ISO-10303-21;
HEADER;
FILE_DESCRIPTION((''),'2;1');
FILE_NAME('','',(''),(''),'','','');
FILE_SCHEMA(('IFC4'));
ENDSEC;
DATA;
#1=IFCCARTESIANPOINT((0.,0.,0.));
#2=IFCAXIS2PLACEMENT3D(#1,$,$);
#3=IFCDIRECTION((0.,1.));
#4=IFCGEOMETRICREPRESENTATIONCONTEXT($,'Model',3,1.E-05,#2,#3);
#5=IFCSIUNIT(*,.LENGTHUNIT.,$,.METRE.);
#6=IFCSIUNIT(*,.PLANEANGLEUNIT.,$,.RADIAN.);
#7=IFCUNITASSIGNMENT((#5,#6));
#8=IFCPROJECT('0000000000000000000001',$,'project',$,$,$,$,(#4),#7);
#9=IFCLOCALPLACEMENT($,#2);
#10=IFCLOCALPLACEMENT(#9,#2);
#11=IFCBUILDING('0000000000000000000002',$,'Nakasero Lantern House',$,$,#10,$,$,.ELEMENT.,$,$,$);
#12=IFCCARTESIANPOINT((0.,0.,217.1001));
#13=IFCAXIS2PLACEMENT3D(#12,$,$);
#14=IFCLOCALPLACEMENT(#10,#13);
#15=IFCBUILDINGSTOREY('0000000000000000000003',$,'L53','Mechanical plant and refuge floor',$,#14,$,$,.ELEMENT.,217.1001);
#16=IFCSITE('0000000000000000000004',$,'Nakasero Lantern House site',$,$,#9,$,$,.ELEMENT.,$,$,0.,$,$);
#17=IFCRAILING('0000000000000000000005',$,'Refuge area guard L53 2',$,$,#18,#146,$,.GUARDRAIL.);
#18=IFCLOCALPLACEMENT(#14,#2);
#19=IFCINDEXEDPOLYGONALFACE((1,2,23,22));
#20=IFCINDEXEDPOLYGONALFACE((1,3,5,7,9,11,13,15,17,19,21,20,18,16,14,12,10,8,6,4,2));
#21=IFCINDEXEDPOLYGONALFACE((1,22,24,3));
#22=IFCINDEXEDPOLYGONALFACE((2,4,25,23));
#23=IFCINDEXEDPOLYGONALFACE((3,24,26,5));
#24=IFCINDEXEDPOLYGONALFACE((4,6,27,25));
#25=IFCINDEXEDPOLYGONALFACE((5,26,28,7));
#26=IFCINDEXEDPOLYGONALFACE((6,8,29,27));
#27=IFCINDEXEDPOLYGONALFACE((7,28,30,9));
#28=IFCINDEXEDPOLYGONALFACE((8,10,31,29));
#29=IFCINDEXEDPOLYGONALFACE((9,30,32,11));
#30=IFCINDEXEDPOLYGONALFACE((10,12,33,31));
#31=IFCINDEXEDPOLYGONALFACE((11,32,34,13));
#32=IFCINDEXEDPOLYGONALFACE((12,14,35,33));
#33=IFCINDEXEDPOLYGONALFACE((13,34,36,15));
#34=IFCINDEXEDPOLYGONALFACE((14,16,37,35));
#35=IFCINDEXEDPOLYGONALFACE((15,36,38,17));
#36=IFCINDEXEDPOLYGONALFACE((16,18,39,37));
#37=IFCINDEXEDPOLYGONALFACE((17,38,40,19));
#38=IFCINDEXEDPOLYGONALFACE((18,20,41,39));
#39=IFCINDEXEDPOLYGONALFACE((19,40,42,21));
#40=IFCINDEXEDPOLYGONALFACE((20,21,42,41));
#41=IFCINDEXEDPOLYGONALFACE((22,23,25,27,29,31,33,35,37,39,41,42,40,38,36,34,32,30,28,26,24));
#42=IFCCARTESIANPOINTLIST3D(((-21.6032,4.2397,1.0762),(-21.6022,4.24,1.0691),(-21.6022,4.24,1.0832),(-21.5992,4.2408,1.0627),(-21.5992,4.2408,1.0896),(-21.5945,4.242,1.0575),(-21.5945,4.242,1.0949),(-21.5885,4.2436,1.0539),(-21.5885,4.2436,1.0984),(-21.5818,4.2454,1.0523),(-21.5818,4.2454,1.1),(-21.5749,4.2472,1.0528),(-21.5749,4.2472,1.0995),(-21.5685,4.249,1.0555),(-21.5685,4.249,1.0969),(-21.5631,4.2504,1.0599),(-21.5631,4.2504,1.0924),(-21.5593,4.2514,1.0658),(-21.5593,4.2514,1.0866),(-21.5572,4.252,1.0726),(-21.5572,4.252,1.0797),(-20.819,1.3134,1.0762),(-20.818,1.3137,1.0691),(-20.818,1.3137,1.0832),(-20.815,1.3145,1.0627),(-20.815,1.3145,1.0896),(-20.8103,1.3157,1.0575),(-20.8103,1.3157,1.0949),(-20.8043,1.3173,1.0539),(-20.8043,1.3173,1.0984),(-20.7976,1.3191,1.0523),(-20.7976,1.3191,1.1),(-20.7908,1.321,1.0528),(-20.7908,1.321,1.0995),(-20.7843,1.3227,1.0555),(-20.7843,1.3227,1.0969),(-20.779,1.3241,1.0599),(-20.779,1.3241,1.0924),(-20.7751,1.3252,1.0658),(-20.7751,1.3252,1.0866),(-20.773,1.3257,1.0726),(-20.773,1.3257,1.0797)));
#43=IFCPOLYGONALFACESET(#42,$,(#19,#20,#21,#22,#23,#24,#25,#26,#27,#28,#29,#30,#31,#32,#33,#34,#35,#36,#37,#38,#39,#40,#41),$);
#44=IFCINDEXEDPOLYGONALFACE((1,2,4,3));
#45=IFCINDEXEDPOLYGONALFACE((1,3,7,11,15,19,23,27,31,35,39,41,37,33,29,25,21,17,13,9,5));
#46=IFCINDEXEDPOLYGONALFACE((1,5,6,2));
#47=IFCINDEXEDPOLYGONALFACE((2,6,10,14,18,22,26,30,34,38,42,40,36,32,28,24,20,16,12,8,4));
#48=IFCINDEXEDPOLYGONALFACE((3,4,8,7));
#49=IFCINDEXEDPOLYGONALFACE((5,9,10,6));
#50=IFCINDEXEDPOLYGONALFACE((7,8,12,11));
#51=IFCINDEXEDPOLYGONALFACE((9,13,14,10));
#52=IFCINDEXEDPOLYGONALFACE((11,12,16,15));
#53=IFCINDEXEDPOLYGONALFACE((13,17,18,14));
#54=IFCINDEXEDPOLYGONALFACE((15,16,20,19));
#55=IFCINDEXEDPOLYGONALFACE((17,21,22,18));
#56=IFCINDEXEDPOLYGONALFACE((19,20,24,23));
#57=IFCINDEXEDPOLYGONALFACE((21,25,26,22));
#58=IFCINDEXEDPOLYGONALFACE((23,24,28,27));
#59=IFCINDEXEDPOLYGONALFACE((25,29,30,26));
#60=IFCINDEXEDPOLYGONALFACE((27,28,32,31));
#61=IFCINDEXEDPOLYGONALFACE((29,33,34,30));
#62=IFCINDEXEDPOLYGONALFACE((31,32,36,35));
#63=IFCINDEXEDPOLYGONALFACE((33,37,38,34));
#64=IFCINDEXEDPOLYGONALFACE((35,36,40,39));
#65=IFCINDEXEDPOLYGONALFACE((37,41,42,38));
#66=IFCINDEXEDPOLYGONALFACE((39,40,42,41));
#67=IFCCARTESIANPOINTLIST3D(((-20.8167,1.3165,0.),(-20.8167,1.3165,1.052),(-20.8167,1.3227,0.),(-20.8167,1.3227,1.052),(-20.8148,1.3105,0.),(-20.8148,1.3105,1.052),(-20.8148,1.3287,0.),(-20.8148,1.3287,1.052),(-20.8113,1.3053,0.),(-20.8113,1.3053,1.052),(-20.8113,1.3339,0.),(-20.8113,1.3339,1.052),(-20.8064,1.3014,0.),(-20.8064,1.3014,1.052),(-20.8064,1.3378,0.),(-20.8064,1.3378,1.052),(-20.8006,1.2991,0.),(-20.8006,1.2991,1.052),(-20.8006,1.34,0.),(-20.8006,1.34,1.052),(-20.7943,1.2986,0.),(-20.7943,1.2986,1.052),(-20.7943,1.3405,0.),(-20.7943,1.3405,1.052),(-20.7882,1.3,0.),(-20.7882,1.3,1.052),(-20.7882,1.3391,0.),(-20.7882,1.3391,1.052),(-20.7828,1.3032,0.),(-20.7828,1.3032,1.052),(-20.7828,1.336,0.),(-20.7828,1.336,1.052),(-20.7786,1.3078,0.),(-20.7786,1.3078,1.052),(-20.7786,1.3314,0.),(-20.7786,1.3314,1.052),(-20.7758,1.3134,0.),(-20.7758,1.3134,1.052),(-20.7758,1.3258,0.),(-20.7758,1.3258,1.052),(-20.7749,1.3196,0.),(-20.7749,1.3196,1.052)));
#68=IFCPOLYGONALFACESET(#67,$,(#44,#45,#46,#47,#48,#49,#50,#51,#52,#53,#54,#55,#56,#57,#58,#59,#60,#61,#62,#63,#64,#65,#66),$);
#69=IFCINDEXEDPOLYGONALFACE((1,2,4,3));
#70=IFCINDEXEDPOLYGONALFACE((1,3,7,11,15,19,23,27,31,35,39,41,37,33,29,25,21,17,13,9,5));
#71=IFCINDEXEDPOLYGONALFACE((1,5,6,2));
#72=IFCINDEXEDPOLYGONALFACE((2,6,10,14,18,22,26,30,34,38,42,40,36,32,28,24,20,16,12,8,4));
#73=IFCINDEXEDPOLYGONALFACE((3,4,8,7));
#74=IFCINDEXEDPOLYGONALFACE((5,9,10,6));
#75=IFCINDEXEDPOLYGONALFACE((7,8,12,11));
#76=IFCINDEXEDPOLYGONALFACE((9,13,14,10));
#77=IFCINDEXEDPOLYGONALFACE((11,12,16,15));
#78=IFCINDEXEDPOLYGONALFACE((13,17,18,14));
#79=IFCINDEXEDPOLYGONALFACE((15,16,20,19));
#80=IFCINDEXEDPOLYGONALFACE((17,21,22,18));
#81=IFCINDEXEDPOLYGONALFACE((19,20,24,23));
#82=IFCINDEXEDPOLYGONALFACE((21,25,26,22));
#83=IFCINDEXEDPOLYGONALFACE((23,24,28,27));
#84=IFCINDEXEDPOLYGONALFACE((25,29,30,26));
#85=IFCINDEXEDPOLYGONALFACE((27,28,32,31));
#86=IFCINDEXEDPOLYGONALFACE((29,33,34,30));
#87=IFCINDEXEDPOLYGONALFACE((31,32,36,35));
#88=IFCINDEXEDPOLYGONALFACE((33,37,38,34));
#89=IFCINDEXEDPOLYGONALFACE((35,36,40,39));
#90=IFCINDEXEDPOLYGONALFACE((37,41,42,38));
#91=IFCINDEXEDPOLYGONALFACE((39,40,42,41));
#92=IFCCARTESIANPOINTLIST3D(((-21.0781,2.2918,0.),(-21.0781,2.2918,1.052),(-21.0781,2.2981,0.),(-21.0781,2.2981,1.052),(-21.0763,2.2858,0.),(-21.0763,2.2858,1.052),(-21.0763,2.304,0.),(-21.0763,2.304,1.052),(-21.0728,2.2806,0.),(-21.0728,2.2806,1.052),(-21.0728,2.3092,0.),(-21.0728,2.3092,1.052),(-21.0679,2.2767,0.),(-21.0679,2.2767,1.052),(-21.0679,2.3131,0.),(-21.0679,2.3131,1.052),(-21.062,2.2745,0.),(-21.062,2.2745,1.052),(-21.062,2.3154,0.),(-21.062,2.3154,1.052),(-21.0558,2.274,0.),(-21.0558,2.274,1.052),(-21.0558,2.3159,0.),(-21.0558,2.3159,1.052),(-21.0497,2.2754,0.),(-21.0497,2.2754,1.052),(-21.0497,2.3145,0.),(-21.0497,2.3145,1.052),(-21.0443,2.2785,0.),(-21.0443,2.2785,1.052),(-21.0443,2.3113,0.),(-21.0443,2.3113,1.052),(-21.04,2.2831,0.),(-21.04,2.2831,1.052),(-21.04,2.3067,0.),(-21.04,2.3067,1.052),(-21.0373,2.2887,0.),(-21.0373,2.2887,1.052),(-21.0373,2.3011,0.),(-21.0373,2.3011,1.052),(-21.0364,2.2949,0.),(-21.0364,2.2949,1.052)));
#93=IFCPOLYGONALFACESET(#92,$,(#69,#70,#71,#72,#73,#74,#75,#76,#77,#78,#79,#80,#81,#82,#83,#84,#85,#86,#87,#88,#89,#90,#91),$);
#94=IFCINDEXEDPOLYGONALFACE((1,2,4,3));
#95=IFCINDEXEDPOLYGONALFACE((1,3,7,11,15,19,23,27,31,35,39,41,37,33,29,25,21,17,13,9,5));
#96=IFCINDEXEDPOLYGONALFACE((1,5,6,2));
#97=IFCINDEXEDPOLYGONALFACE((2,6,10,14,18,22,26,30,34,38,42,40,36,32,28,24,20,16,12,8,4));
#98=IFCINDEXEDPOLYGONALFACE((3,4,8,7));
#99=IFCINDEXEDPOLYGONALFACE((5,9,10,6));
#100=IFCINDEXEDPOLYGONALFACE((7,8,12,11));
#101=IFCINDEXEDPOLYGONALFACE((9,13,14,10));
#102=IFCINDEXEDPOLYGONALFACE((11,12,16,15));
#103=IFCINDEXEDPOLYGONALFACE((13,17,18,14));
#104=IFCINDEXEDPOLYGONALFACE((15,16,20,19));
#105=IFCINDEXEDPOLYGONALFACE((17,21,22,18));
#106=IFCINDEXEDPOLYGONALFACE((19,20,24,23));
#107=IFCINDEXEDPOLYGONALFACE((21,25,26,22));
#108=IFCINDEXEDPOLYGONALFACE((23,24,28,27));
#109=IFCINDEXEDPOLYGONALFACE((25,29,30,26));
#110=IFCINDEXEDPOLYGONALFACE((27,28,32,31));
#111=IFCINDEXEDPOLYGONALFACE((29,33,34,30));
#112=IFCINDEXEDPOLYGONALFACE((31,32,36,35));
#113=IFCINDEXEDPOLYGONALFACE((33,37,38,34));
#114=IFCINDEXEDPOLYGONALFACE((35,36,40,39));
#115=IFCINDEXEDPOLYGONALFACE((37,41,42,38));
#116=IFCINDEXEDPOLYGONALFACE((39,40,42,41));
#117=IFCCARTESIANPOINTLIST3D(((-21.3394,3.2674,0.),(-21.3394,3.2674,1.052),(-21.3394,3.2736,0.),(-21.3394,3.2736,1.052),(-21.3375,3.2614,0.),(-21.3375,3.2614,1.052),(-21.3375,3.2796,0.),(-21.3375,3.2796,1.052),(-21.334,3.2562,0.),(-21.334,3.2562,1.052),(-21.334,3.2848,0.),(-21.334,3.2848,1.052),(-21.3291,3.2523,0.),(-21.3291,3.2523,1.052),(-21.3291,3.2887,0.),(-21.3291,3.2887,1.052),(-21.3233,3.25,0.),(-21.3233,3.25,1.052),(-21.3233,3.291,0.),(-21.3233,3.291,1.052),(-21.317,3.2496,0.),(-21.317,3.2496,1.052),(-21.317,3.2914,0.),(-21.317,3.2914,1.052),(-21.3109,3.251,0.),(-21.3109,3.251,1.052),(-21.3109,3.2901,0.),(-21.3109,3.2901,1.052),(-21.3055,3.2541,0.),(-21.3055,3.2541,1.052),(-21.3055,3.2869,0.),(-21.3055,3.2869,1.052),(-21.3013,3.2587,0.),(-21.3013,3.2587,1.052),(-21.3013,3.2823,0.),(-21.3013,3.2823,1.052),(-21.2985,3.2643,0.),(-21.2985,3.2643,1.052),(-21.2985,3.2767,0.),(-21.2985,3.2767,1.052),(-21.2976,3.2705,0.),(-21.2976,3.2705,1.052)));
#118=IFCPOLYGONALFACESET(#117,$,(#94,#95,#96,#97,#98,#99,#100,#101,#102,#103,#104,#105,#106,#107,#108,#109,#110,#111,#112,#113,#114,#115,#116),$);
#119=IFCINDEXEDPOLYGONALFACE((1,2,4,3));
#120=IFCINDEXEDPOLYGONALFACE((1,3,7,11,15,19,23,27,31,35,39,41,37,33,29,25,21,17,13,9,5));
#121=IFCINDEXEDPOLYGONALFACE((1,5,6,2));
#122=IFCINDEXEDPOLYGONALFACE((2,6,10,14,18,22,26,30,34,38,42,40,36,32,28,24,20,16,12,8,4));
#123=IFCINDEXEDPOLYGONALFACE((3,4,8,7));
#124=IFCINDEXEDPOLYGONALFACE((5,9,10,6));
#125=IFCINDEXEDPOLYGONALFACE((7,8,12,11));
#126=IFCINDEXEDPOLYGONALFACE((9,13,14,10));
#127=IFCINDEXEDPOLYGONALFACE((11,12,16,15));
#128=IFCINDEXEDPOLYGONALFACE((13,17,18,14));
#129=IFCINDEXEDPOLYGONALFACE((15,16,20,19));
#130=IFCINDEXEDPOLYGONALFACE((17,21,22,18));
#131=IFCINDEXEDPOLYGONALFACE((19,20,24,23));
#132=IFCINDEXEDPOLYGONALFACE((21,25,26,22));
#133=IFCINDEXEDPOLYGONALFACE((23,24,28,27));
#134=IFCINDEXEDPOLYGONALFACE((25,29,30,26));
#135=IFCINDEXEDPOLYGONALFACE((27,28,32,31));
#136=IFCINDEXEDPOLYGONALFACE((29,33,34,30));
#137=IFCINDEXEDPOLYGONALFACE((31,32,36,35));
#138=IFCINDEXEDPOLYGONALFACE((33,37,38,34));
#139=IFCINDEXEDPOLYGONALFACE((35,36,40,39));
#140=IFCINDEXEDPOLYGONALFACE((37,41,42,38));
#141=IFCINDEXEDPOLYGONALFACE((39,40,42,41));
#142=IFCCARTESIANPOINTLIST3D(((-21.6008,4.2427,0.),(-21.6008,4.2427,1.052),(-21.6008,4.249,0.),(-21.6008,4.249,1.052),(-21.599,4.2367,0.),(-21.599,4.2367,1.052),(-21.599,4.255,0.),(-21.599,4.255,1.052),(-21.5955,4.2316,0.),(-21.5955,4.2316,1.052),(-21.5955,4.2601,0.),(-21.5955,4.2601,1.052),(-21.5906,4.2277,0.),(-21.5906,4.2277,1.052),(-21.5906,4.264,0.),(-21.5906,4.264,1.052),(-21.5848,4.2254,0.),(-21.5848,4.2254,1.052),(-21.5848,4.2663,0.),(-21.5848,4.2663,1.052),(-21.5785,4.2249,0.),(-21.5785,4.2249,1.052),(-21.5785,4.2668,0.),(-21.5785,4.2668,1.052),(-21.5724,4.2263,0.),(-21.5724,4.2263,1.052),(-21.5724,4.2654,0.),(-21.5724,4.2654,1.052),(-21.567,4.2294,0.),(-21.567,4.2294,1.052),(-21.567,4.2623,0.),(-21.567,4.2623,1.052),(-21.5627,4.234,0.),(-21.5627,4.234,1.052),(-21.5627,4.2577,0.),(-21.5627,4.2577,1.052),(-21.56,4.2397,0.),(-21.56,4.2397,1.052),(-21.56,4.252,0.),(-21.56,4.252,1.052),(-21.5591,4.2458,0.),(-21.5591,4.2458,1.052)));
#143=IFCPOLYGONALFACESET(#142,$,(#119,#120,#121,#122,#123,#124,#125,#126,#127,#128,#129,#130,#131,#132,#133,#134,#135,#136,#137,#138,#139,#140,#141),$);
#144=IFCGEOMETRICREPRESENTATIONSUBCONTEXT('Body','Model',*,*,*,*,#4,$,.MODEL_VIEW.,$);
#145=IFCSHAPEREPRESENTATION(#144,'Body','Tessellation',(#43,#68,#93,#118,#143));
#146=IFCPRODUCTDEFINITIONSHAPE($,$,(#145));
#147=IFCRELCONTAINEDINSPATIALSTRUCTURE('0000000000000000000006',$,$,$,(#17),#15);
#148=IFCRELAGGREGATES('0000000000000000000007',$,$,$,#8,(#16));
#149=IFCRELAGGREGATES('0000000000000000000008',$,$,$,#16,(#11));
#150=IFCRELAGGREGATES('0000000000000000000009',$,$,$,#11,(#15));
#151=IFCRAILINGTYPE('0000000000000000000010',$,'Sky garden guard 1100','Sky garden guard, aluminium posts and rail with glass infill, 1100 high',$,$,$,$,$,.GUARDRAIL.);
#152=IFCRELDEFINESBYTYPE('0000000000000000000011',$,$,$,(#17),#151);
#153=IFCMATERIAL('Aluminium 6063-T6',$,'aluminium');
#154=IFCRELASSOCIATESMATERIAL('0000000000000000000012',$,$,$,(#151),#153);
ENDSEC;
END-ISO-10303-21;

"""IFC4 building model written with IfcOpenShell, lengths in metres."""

from ifc_helpers import new_model, si_unit, direction, frame, origin, origin_2d, place, context, subcontext, project, spatial, circle, extrude, material, type_object, element, save


model = new_model("IFC4")

# Units and contexts
model_context = context("Model", 3, precision=1e-05, world=origin(), true_north=direction((0.0, 1.0)))
body_context = subcontext(model_context, "Body", "Model", "MODEL_VIEW")
ifc_project = project(units=[si_unit("LENGTHUNIT", "METRE"), si_unit("PLANEANGLEUNIT", "RADIAN")], contexts=[model_context])

# Site, building, storey
site_placement = place(None, origin())
site = spatial("IfcSite", under=ifc_project, at=site_placement, Name="Nakasero Lantern House site", CompositionType="ELEMENT", RefElevation=0.0)
building_placement = place(site_placement, origin())
building = spatial("IfcBuilding", under=site, at=building_placement, Name="Nakasero Lantern House", CompositionType="ELEMENT")
storey_placement = place(building_placement, frame((0.0, 0.0, 217.1001)))
storey = spatial("IfcBuildingStorey", under=building, at=storey_placement, Name="L53", Description="Mechanical plant and refuge floor", CompositionType="ELEMENT", Elevation=217.1001)

# Railing
ifc_material_1 = material(Name="Aluminium 6063-T6", Category="aluminium")
railing_type = type_object("IfcRailingType", Name="Sky garden guard 1100", Description="Sky garden guard, aluminium posts and rail with glass infill, 1100 high", PredefinedType="GUARDRAIL", material=ifc_material_1)
railing_1_placement = place(storey_placement, frame((-20.7959, 1.3196, 0.0)))
element("IfcRailing", 1, at=railing_1_placement, inside=storey, type_object=railing_type, Name="Refuge area guard L53 2", PredefinedType="GUARDRAIL", context=body_context, shape_type="SweptSolid", body=[
    extrude(circle(Radius=0.0239, at=origin_2d()), frame((0.0, 0.0, 1.0762), z_axis=(-0.258846, 0.965919, 0.0), x_axis=(-0.965919, -0.258846, 0.0)), (0.0, 0.0, 1.0), 3.0295),
    extrude(circle(Radius=0.021, at=origin_2d()), origin(), (0.0, 0.0, 1.0), 1.052),
    extrude(circle(Radius=0.021, at=origin_2d()), frame((-0.2615, 0.9753, 0.0)), (0.0, 0.0, 1.0), 1.052),
    extrude(circle(Radius=0.021, at=origin_2d()), frame((-0.5227, 1.9509, 0.0)), (0.0, 0.0, 1.0), 1.052),
    extrude(circle(Radius=0.021, at=origin_2d()), frame((-0.7842, 2.9263, 0.0)), (0.0, 0.0, 1.0), 1.052),
])

save(model, "model.ifc")
